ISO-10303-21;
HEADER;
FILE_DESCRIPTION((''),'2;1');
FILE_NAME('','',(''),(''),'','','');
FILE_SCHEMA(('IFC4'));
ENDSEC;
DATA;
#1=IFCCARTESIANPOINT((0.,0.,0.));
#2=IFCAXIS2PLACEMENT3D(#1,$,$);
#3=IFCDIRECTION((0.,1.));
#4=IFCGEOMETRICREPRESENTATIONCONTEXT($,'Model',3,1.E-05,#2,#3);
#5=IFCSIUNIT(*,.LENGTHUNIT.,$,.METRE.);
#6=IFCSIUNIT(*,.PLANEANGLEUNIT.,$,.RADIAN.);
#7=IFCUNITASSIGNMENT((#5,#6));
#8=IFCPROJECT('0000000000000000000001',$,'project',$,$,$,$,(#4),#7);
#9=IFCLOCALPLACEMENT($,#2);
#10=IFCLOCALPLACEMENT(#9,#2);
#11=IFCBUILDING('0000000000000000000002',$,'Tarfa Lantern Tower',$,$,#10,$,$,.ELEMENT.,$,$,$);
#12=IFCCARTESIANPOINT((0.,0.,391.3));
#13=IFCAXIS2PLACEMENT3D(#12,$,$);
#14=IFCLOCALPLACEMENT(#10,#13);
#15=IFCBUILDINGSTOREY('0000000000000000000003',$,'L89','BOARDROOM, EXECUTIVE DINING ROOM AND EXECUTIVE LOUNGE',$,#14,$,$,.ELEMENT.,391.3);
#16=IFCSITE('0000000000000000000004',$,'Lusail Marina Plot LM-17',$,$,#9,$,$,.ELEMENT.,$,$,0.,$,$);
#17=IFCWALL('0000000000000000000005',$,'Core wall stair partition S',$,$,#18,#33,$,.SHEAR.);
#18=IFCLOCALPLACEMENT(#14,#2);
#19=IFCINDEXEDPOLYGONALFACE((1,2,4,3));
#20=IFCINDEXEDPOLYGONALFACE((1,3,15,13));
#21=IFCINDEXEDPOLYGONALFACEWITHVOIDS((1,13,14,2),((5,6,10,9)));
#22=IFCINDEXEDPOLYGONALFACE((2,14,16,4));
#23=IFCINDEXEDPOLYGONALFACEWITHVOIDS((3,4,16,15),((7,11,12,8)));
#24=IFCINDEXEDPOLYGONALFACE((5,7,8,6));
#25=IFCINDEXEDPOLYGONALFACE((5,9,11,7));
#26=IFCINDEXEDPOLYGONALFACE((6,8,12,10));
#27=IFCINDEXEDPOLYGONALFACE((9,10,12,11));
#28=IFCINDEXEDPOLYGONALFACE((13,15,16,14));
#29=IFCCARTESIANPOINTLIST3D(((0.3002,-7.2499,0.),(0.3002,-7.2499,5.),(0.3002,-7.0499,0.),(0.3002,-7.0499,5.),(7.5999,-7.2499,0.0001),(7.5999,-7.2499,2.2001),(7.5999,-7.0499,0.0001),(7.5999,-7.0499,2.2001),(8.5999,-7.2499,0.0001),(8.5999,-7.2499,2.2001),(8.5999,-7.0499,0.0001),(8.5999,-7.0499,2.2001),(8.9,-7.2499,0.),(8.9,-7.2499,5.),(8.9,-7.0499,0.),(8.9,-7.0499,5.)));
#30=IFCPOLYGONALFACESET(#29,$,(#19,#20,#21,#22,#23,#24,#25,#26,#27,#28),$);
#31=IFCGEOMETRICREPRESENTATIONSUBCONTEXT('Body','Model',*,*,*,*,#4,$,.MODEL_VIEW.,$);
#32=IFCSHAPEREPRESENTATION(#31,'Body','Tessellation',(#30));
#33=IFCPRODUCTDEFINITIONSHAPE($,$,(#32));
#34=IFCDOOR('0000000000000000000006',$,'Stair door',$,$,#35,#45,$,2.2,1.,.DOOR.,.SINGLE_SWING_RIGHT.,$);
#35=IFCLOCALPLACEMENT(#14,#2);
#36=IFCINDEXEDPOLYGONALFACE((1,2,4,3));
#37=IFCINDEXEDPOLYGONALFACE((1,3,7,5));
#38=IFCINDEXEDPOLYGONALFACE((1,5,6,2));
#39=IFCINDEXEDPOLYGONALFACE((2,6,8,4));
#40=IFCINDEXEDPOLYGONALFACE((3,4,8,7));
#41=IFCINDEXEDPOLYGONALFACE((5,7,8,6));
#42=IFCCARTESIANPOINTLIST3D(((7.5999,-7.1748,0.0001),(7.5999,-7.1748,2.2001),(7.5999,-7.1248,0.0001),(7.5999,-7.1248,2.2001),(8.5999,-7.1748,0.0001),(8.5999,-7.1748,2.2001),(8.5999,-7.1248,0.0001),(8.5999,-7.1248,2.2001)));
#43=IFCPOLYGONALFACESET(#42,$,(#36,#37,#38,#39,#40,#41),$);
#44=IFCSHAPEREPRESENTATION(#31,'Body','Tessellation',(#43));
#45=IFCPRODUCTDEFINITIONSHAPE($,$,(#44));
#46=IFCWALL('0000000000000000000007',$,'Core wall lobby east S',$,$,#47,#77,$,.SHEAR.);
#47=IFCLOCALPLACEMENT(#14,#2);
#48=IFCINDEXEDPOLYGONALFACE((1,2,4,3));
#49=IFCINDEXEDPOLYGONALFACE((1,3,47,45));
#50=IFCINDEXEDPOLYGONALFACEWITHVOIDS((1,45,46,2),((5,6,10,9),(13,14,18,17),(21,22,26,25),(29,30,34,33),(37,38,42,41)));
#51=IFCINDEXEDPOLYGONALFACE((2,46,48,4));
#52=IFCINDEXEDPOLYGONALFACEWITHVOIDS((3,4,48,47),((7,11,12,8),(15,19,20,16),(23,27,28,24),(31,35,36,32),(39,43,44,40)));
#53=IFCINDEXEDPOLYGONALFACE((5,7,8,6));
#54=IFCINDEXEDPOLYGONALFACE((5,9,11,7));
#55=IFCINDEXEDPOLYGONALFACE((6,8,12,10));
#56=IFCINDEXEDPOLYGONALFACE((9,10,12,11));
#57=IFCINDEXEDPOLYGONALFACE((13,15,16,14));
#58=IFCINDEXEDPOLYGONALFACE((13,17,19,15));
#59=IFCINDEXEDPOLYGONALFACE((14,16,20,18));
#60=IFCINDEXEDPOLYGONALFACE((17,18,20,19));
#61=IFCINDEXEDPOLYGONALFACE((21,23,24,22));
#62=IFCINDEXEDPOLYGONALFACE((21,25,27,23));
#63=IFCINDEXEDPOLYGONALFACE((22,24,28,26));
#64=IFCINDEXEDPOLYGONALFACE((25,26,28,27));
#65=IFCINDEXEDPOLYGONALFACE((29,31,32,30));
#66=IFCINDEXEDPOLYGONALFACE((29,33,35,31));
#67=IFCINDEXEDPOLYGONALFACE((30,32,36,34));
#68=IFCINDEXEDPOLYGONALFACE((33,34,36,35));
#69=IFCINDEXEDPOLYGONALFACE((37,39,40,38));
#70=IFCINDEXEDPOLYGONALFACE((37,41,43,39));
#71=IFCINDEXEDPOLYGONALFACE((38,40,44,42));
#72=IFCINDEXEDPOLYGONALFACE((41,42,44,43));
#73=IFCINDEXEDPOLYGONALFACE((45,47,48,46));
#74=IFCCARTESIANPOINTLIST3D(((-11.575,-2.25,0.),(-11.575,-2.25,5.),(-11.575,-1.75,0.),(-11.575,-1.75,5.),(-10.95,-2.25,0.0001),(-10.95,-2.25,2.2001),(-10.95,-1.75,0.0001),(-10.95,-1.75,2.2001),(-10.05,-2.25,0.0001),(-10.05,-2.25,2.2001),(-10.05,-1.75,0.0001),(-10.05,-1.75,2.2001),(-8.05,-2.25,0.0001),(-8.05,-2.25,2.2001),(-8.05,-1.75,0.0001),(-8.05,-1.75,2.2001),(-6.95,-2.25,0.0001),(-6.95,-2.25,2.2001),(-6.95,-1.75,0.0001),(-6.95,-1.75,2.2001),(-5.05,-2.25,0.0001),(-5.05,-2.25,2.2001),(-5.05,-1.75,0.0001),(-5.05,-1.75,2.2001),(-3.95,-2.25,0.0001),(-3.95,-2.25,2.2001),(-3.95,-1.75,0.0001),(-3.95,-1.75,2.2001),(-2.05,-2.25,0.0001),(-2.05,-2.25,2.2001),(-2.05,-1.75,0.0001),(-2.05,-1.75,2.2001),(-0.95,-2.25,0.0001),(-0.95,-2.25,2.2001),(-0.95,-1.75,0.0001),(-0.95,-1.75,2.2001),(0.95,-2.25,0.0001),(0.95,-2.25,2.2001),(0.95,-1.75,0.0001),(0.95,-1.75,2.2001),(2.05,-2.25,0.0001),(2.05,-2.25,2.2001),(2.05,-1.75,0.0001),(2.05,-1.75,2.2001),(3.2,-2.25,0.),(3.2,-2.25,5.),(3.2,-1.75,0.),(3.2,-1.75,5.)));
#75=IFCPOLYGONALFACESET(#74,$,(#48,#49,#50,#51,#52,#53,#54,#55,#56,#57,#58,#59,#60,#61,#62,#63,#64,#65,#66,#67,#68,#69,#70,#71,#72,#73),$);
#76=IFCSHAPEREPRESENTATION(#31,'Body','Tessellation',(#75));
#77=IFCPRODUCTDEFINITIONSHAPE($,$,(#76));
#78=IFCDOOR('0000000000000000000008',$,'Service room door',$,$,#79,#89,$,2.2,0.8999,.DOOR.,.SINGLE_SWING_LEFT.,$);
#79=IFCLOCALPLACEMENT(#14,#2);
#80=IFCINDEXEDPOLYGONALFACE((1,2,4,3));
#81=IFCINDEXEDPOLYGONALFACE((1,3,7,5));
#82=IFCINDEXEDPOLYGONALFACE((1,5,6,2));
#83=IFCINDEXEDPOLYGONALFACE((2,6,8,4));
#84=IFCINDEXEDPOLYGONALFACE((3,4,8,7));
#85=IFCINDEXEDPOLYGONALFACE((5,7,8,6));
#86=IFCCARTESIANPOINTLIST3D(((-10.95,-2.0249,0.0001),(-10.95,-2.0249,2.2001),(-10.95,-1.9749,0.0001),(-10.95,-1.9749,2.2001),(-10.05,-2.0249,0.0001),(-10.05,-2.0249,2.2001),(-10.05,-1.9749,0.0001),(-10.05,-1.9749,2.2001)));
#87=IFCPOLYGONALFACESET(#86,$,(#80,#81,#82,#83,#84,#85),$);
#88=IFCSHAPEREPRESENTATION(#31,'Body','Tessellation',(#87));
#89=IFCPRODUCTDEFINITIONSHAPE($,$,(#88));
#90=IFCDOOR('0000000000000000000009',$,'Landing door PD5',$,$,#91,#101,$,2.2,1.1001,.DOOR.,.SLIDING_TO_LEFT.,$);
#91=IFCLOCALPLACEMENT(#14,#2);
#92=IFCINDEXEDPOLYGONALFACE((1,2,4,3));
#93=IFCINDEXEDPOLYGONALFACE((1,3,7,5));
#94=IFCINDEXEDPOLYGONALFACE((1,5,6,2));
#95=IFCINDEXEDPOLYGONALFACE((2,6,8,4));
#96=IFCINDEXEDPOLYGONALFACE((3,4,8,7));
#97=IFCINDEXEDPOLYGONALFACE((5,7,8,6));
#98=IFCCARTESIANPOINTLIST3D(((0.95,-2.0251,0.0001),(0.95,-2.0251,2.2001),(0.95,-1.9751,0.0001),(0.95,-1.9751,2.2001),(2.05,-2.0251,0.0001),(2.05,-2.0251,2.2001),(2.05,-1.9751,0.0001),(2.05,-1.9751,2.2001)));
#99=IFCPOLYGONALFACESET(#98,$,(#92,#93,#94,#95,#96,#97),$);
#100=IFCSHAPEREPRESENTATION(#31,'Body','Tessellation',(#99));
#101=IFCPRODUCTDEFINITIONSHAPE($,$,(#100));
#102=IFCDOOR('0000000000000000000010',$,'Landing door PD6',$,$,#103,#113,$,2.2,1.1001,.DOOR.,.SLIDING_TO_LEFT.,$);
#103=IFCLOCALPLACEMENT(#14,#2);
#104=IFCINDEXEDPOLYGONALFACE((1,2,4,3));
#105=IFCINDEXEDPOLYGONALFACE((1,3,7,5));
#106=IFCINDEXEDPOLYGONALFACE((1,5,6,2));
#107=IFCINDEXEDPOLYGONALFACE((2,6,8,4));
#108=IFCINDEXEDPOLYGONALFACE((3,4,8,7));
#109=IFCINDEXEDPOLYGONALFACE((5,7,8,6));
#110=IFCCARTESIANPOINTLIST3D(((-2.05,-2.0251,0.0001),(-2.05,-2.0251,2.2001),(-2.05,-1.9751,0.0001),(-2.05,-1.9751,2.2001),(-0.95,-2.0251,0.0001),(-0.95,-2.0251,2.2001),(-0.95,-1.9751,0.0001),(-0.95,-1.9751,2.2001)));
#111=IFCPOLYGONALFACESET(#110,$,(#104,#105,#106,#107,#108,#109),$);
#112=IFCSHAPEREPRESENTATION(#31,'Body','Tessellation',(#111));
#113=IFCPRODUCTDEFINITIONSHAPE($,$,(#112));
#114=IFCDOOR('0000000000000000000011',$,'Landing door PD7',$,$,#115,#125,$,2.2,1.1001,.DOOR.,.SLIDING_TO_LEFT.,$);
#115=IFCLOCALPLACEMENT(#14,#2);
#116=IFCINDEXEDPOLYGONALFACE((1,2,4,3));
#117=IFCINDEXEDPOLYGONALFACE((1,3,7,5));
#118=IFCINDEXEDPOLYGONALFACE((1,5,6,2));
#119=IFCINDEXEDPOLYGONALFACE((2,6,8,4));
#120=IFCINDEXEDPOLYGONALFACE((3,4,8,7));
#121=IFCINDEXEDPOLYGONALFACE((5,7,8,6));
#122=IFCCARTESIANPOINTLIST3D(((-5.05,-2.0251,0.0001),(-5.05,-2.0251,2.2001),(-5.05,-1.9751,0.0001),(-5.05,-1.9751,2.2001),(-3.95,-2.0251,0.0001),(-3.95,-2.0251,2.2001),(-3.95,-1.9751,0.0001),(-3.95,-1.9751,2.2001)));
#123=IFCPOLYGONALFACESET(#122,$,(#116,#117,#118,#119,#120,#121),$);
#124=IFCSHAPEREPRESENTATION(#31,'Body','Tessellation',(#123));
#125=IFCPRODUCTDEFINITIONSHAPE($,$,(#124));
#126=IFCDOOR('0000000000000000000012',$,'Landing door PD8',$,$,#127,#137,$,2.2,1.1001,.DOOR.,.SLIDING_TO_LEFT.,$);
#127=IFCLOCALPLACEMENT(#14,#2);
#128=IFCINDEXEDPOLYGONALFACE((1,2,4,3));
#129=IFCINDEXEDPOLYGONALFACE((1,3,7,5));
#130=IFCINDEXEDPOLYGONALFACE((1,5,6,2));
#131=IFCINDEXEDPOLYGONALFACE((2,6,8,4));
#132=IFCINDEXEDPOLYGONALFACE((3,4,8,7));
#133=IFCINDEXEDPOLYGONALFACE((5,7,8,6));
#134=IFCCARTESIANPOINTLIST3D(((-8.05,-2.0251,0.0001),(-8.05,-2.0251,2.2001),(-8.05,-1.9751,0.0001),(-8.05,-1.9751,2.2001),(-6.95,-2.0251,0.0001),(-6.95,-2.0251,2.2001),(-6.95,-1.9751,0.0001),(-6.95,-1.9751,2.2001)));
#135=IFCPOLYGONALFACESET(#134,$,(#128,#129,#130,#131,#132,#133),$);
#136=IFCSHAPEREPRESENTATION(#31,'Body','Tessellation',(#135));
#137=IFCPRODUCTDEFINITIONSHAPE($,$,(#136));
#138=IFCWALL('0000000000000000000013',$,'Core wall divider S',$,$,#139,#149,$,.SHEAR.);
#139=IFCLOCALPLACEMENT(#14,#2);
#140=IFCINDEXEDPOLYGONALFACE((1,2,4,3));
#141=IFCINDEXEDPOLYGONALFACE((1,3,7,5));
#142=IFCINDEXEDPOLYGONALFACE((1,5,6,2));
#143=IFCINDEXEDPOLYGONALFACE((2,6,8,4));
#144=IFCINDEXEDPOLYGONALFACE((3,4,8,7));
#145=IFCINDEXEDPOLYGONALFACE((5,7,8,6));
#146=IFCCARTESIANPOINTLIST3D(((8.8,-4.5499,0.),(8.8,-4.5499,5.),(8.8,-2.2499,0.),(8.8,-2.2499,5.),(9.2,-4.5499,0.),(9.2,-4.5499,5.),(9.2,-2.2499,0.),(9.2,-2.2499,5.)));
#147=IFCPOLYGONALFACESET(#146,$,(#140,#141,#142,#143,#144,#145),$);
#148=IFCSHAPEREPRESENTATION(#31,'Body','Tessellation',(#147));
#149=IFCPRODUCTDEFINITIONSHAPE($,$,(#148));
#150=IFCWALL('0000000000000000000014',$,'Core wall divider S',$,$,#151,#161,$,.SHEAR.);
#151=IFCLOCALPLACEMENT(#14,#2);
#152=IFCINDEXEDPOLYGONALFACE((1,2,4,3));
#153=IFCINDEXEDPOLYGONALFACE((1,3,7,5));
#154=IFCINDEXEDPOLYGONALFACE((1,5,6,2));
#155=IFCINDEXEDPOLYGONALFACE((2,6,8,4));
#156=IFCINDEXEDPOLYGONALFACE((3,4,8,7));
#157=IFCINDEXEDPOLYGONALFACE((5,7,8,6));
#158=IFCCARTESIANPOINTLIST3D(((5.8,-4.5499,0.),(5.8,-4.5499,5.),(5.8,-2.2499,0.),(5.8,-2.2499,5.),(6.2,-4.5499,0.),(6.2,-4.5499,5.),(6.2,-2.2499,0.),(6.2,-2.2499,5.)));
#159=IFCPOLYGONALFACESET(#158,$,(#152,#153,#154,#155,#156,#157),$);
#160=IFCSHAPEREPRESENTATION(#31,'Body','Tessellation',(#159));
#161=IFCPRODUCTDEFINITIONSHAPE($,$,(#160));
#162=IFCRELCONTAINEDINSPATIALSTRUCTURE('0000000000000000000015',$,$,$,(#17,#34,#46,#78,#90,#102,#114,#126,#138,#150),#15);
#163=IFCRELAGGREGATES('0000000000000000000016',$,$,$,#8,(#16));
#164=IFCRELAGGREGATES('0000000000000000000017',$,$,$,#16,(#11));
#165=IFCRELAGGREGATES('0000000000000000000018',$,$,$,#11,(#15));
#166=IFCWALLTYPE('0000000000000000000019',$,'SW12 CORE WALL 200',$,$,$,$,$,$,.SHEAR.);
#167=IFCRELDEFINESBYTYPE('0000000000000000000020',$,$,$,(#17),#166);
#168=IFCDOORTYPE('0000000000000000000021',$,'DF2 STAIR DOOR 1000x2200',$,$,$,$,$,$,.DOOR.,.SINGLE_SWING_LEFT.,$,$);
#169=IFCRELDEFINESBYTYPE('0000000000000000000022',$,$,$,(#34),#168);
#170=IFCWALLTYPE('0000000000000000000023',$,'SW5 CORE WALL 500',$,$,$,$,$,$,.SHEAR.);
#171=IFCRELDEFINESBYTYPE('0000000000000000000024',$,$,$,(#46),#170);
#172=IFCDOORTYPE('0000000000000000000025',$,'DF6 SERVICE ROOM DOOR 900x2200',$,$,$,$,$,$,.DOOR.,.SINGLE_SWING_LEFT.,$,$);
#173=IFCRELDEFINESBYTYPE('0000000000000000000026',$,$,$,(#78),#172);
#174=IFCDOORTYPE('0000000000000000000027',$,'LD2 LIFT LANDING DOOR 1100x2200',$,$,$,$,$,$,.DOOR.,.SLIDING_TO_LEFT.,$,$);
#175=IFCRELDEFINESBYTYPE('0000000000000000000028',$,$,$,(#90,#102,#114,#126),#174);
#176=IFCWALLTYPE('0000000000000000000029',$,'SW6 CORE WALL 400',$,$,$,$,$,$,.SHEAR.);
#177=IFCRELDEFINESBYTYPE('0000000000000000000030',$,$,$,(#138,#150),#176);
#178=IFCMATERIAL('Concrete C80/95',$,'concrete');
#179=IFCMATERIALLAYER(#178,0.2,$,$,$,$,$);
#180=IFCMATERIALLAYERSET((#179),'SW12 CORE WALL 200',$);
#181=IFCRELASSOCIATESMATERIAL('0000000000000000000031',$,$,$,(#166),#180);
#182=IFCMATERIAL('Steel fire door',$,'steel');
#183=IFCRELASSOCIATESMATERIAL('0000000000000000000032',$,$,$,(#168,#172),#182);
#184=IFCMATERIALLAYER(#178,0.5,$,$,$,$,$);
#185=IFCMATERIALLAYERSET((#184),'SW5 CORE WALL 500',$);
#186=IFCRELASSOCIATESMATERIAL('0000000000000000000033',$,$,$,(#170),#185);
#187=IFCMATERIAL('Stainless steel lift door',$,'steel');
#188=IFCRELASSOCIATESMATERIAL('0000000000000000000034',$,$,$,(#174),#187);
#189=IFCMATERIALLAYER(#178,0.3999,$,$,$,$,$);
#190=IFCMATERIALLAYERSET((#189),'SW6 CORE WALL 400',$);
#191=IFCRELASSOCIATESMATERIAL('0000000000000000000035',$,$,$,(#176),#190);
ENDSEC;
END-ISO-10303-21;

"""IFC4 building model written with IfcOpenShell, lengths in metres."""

from ifc_helpers import new_model, si_unit, direction, frame, frame_2d, origin, place, context, subcontext, project, spatial, rectangle, extrude, material, layer, layer_set, type_object, element, fill, save


model = new_model("IFC4")

# Units and contexts
model_context = context("Model", 3, precision=1e-05, world=origin(), true_north=direction((0.0, 1.0)))
body_context = subcontext(model_context, "Body", "Model", "MODEL_VIEW")
ifc_project = project(units=[si_unit("LENGTHUNIT", "METRE"), si_unit("PLANEANGLEUNIT", "RADIAN")], contexts=[model_context])

# Site, building, storey
site_placement = place(None, origin())
site = spatial("IfcSite", under=ifc_project, at=site_placement, Name="Lusail Marina Plot LM-17", CompositionType="ELEMENT", RefElevation=0.0)
building_placement = place(site_placement, origin())
building = spatial("IfcBuilding", under=site, at=building_placement, Name="Tarfa Lantern Tower", CompositionType="ELEMENT")
storey_placement = place(building_placement, frame((0.0, 0.0, 391.3)))
storey = spatial("IfcBuildingStorey", under=building, at=storey_placement, Name="L89", Description="BOARDROOM, EXECUTIVE DINING ROOM AND EXECUTIVE LOUNGE", CompositionType="ELEMENT", Elevation=391.3)

# Shared definitions
ifc_material_1 = material(Name="Concrete C80/95", Category="concrete")
ifc_layer_1 = layer(ifc_material_1, 0.2)
ifc_layer_set_1 = layer_set([ifc_layer_1], Name="SW12 CORE WALL 200")
wall_type_1 = type_object("IfcWallType", Name="SW12 CORE WALL 200", PredefinedType="SHEAR", material=ifc_layer_set_1)

# Wall, opening, door
wall_1_placement = place(storey_placement, frame((8.8999, -7.1499, 0.0), z_axis=(0.0, 0.0, 1.0), x_axis=(-1.0, 0.0, 0.0)))
wall_1 = element("IfcWall", 1, at=wall_1_placement, inside=storey, type_object=wall_type_1, Name="Core wall stair partition S", PredefinedType="SHEAR", context=body_context, shape_type="SweptSolid", body=[
    extrude(rectangle(XDim=8.5999, YDim=0.2, at=frame_2d((4.2998, 0.0))), origin(), (0.0, 0.0, 1.0), 5.0),
])
opening_1_placement = place(wall_1_placement, frame((0.3, 0.0, 0.0)))
opening_1 = element("IfcOpeningElement", 2, at=opening_1_placement, cuts=wall_1, PredefinedType="OPENING", context=body_context, shape_type="SweptSolid", body=[
    extrude(rectangle(XDim=1.0, YDim=2.2, at=frame_2d((0.5, 1.1001))), frame((0.0, 0.1099, 0.0), z_axis=(0.0, -1.0, 0.0), x_axis=(1.0, 0.0, 0.0)), (0.0, 0.0, 1.0), 0.22),
])
ifc_material_2 = material(Name="Steel fire door", Category="steel")
door_type_1 = type_object("IfcDoorType", Name="DF2 STAIR DOOR 1000x2200", OperationType="SINGLE_SWING_LEFT", PredefinedType="DOOR", material=ifc_material_2)
door_1_placement = place(opening_1_placement, origin())
door_1 = element("IfcDoor", 3, at=door_1_placement, inside=storey, type_object=door_type_1, Name="Stair door", OperationType="SINGLE_SWING_RIGHT", OverallHeight=2.2, OverallWidth=1.0, PredefinedType="DOOR", context=body_context, shape_type="SweptSolid", body=[
    extrude(rectangle(XDim=1.0, YDim=2.2, at=frame_2d((0.5, 1.1001))), frame((0.0, 0.0249, 0.0), z_axis=(0.0, -1.0, 0.0), x_axis=(1.0, 0.0, 0.0)), (0.0, 0.0, 1.0), 0.05),
])
fill(opening_1, door_1)

# Wall, openings, doors
ifc_layer_2 = layer(ifc_material_1, 0.5)
ifc_layer_set_2 = layer_set([ifc_layer_2], Name="SW5 CORE WALL 500")
wall_type_2 = type_object("IfcWallType", Name="SW5 CORE WALL 500", PredefinedType="SHEAR", material=ifc_layer_set_2)
wall_2_placement = place(storey_placement, frame((3.2, -2.0, 0.0), z_axis=(0.0, 0.0, 1.0), x_axis=(-1.0, 0.0, 0.0)))
wall_2 = element("IfcWall", 4, at=wall_2_placement, inside=storey, type_object=wall_type_2, Name="Core wall lobby east S", PredefinedType="SHEAR", context=body_context, shape_type="SweptSolid", body=[
    extrude(rectangle(XDim=14.7749, YDim=0.5, at=frame_2d((7.3875, 0.0))), origin(), (0.0, 0.0, 1.0), 5.0),
])
opening_2_placement = place(wall_2_placement, frame((13.25, 0.0, 0.0)))
opening_2 = element("IfcOpeningElement", 5, at=opening_2_placement, cuts=wall_2, PredefinedType="OPENING", context=body_context, shape_type="SweptSolid", body=[
    extrude(rectangle(XDim=0.8999, YDim=2.2, at=frame_2d((0.45, 1.1001))), frame((0.0, 0.26, 0.0), z_axis=(0.0, -1.0, 0.0), x_axis=(1.0, 0.0, 0.0)), (0.0, 0.0, 1.0), 0.52),
])
opening_3_placement = place(wall_2_placement, frame((1.1499, 0.0, 0.0)))
opening_3 = element("IfcOpeningElement", 6, at=opening_3_placement, cuts=wall_2, PredefinedType="OPENING", context=body_context, shape_type="SweptSolid", body=[
    extrude(rectangle(XDim=1.1001, YDim=2.2, at=frame_2d((0.55, 1.1001))), frame((0.0, 0.26, 0.0), z_axis=(0.0, -1.0, 0.0), x_axis=(1.0, 0.0, 0.0)), (0.0, 0.0, 1.0), 0.52),
])
opening_4_placement = place(wall_2_placement, frame((4.1499, 0.0, 0.0)))
opening_4 = element("IfcOpeningElement", 7, at=opening_4_placement, cuts=wall_2, PredefinedType="OPENING", context=body_context, shape_type="SweptSolid", body=[
    extrude(rectangle(XDim=1.1001, YDim=2.2, at=frame_2d((0.55, 1.1001))), frame((0.0, 0.26, 0.0), z_axis=(0.0, -1.0, 0.0), x_axis=(1.0, 0.0, 0.0)), (0.0, 0.0, 1.0), 0.52),
])
opening_5_placement = place(wall_2_placement, frame((7.1499, 0.0, 0.0)))
opening_5 = element("IfcOpeningElement", 8, at=opening_5_placement, cuts=wall_2, PredefinedType="OPENING", context=body_context, shape_type="SweptSolid", body=[
    extrude(rectangle(XDim=1.1001, YDim=2.2, at=frame_2d((0.55, 1.1001))), frame((0.0, 0.26, 0.0), z_axis=(0.0, -1.0, 0.0), x_axis=(1.0, 0.0, 0.0)), (0.0, 0.0, 1.0), 0.52),
])
opening_6_placement = place(wall_2_placement, frame((10.1499, 0.0, 0.0)))
opening_6 = element("IfcOpeningElement", 9, at=opening_6_placement, cuts=wall_2, PredefinedType="OPENING", context=body_context, shape_type="SweptSolid", body=[
    extrude(rectangle(XDim=1.1001, YDim=2.2, at=frame_2d((0.55, 1.1001))), frame((0.0, 0.26, 0.0), z_axis=(0.0, -1.0, 0.0), x_axis=(1.0, 0.0, 0.0)), (0.0, 0.0, 1.0), 0.52),
])
door_type_2 = type_object("IfcDoorType", Name="DF6 SERVICE ROOM DOOR 900x2200", OperationType="SINGLE_SWING_LEFT", PredefinedType="DOOR", material=ifc_material_2)
door_2_placement = place(opening_2_placement, origin())
door_2 = element("IfcDoor", 10, at=door_2_placement, inside=storey, type_object=door_type_2, Name="Service room door", OperationType="SINGLE_SWING_LEFT", OverallHeight=2.2, OverallWidth=0.8999, PredefinedType="DOOR", context=body_context, shape_type="SweptSolid", body=[
    extrude(rectangle(XDim=0.8999, YDim=2.2, at=frame_2d((0.45, 1.1001))), frame((0.0, 0.0249, 0.0), z_axis=(0.0, -1.0, 0.0), x_axis=(1.0, 0.0, 0.0)), (0.0, 0.0, 1.0), 0.05),
])
fill(opening_2, door_2)
ifc_material_3 = material(Name="Stainless steel lift door", Category="steel")
door_type_3 = type_object("IfcDoorType", Name="LD2 LIFT LANDING DOOR 1100x2200", OperationType="SLIDING_TO_LEFT", PredefinedType="DOOR", material=ifc_material_3)
door_3_placement = place(opening_3_placement, frame((1.1001, 0.0, 0.0), z_axis=(0.0, 0.0, 1.0), x_axis=(-1.0, 0.0, 0.0)))
door_3 = element("IfcDoor", 11, at=door_3_placement, inside=storey, type_object=door_type_3, Name="Landing door PD5", OperationType="SLIDING_TO_LEFT", OverallHeight=2.2, OverallWidth=1.1001, PredefinedType="DOOR", context=body_context, shape_type="SweptSolid", body=[
    extrude(rectangle(XDim=1.1001, YDim=2.2, at=frame_2d((0.55, 1.1001))), frame((0.0, 0.0249, 0.0), z_axis=(0.0, -1.0, 0.0), x_axis=(1.0, 0.0, 0.0)), (0.0, 0.0, 1.0), 0.05),
])
fill(opening_3, door_3)
door_4_placement = place(opening_4_placement, frame((1.1001, 0.0, 0.0), z_axis=(0.0, 0.0, 1.0), x_axis=(-1.0, 0.0, 0.0)))
door_4 = element("IfcDoor", 12, at=door_4_placement, inside=storey, type_object=door_type_3, Name="Landing door PD6", OperationType="SLIDING_TO_LEFT", OverallHeight=2.2, OverallWidth=1.1001, PredefinedType="DOOR", context=body_context, shape_type="SweptSolid", body=[
    extrude(rectangle(XDim=1.1001, YDim=2.2, at=frame_2d((0.55, 1.1001))), frame((0.0, 0.0249, 0.0), z_axis=(0.0, -1.0, 0.0), x_axis=(1.0, 0.0, 0.0)), (0.0, 0.0, 1.0), 0.05),
])
fill(opening_4, door_4)
door_5_placement = place(opening_5_placement, frame((1.1001, 0.0, 0.0), z_axis=(0.0, 0.0, 1.0), x_axis=(-1.0, 0.0, 0.0)))
door_5 = element("IfcDoor", 13, at=door_5_placement, inside=storey, type_object=door_type_3, Name="Landing door PD7", OperationType="SLIDING_TO_LEFT", OverallHeight=2.2, OverallWidth=1.1001, PredefinedType="DOOR", context=body_context, shape_type="SweptSolid", body=[
    extrude(rectangle(XDim=1.1001, YDim=2.2, at=frame_2d((0.55, 1.1001))), frame((0.0, 0.0249, 0.0), z_axis=(0.0, -1.0, 0.0), x_axis=(1.0, 0.0, 0.0)), (0.0, 0.0, 1.0), 0.05),
])
fill(opening_5, door_5)
door_6_placement = place(opening_6_placement, frame((1.1001, 0.0, 0.0), z_axis=(0.0, 0.0, 1.0), x_axis=(-1.0, 0.0, 0.0)))
door_6 = element("IfcDoor", 14, at=door_6_placement, inside=storey, type_object=door_type_3, Name="Landing door PD8", OperationType="SLIDING_TO_LEFT", OverallHeight=2.2, OverallWidth=1.1001, PredefinedType="DOOR", context=body_context, shape_type="SweptSolid", body=[
    extrude(rectangle(XDim=1.1001, YDim=2.2, at=frame_2d((0.55, 1.1001))), frame((0.0, 0.0249, 0.0), z_axis=(0.0, -1.0, 0.0), x_axis=(1.0, 0.0, 0.0)), (0.0, 0.0, 1.0), 0.05),
])
fill(opening_6, door_6)

# Walls
ifc_layer_3 = layer(ifc_material_1, 0.3999)
ifc_layer_set_3 = layer_set([ifc_layer_3], Name="SW6 CORE WALL 400")
wall_type_3 = type_object("IfcWallType", Name="SW6 CORE WALL 400", PredefinedType="SHEAR", material=ifc_layer_set_3)
for number, where, z_axis, x_axis, name in (
    (15, (9.0, -2.25, 0.0), (0.0, 0.0, 1.0), (0.0, -1.0, 0.0), "Core wall divider S"),
    (16, (6.0, -2.25, 0.0), (0.0, 0.0, 1.0), (0.0, -1.0, 0.0), "Core wall divider S"),
):
    element("IfcWall", number, at=place(storey_placement, frame(where, z_axis=z_axis, x_axis=x_axis)), inside=storey, type_object=wall_type_3, Name=name, PredefinedType="SHEAR", context=body_context, shape_type="SweptSolid", body=[
        extrude(rectangle(XDim=2.3, YDim=0.3999, at=frame_2d((1.1499, 0.0))), origin(), (0.0, 0.0, 1.0), 5.0),
    ])

save(model, "model.ifc")
